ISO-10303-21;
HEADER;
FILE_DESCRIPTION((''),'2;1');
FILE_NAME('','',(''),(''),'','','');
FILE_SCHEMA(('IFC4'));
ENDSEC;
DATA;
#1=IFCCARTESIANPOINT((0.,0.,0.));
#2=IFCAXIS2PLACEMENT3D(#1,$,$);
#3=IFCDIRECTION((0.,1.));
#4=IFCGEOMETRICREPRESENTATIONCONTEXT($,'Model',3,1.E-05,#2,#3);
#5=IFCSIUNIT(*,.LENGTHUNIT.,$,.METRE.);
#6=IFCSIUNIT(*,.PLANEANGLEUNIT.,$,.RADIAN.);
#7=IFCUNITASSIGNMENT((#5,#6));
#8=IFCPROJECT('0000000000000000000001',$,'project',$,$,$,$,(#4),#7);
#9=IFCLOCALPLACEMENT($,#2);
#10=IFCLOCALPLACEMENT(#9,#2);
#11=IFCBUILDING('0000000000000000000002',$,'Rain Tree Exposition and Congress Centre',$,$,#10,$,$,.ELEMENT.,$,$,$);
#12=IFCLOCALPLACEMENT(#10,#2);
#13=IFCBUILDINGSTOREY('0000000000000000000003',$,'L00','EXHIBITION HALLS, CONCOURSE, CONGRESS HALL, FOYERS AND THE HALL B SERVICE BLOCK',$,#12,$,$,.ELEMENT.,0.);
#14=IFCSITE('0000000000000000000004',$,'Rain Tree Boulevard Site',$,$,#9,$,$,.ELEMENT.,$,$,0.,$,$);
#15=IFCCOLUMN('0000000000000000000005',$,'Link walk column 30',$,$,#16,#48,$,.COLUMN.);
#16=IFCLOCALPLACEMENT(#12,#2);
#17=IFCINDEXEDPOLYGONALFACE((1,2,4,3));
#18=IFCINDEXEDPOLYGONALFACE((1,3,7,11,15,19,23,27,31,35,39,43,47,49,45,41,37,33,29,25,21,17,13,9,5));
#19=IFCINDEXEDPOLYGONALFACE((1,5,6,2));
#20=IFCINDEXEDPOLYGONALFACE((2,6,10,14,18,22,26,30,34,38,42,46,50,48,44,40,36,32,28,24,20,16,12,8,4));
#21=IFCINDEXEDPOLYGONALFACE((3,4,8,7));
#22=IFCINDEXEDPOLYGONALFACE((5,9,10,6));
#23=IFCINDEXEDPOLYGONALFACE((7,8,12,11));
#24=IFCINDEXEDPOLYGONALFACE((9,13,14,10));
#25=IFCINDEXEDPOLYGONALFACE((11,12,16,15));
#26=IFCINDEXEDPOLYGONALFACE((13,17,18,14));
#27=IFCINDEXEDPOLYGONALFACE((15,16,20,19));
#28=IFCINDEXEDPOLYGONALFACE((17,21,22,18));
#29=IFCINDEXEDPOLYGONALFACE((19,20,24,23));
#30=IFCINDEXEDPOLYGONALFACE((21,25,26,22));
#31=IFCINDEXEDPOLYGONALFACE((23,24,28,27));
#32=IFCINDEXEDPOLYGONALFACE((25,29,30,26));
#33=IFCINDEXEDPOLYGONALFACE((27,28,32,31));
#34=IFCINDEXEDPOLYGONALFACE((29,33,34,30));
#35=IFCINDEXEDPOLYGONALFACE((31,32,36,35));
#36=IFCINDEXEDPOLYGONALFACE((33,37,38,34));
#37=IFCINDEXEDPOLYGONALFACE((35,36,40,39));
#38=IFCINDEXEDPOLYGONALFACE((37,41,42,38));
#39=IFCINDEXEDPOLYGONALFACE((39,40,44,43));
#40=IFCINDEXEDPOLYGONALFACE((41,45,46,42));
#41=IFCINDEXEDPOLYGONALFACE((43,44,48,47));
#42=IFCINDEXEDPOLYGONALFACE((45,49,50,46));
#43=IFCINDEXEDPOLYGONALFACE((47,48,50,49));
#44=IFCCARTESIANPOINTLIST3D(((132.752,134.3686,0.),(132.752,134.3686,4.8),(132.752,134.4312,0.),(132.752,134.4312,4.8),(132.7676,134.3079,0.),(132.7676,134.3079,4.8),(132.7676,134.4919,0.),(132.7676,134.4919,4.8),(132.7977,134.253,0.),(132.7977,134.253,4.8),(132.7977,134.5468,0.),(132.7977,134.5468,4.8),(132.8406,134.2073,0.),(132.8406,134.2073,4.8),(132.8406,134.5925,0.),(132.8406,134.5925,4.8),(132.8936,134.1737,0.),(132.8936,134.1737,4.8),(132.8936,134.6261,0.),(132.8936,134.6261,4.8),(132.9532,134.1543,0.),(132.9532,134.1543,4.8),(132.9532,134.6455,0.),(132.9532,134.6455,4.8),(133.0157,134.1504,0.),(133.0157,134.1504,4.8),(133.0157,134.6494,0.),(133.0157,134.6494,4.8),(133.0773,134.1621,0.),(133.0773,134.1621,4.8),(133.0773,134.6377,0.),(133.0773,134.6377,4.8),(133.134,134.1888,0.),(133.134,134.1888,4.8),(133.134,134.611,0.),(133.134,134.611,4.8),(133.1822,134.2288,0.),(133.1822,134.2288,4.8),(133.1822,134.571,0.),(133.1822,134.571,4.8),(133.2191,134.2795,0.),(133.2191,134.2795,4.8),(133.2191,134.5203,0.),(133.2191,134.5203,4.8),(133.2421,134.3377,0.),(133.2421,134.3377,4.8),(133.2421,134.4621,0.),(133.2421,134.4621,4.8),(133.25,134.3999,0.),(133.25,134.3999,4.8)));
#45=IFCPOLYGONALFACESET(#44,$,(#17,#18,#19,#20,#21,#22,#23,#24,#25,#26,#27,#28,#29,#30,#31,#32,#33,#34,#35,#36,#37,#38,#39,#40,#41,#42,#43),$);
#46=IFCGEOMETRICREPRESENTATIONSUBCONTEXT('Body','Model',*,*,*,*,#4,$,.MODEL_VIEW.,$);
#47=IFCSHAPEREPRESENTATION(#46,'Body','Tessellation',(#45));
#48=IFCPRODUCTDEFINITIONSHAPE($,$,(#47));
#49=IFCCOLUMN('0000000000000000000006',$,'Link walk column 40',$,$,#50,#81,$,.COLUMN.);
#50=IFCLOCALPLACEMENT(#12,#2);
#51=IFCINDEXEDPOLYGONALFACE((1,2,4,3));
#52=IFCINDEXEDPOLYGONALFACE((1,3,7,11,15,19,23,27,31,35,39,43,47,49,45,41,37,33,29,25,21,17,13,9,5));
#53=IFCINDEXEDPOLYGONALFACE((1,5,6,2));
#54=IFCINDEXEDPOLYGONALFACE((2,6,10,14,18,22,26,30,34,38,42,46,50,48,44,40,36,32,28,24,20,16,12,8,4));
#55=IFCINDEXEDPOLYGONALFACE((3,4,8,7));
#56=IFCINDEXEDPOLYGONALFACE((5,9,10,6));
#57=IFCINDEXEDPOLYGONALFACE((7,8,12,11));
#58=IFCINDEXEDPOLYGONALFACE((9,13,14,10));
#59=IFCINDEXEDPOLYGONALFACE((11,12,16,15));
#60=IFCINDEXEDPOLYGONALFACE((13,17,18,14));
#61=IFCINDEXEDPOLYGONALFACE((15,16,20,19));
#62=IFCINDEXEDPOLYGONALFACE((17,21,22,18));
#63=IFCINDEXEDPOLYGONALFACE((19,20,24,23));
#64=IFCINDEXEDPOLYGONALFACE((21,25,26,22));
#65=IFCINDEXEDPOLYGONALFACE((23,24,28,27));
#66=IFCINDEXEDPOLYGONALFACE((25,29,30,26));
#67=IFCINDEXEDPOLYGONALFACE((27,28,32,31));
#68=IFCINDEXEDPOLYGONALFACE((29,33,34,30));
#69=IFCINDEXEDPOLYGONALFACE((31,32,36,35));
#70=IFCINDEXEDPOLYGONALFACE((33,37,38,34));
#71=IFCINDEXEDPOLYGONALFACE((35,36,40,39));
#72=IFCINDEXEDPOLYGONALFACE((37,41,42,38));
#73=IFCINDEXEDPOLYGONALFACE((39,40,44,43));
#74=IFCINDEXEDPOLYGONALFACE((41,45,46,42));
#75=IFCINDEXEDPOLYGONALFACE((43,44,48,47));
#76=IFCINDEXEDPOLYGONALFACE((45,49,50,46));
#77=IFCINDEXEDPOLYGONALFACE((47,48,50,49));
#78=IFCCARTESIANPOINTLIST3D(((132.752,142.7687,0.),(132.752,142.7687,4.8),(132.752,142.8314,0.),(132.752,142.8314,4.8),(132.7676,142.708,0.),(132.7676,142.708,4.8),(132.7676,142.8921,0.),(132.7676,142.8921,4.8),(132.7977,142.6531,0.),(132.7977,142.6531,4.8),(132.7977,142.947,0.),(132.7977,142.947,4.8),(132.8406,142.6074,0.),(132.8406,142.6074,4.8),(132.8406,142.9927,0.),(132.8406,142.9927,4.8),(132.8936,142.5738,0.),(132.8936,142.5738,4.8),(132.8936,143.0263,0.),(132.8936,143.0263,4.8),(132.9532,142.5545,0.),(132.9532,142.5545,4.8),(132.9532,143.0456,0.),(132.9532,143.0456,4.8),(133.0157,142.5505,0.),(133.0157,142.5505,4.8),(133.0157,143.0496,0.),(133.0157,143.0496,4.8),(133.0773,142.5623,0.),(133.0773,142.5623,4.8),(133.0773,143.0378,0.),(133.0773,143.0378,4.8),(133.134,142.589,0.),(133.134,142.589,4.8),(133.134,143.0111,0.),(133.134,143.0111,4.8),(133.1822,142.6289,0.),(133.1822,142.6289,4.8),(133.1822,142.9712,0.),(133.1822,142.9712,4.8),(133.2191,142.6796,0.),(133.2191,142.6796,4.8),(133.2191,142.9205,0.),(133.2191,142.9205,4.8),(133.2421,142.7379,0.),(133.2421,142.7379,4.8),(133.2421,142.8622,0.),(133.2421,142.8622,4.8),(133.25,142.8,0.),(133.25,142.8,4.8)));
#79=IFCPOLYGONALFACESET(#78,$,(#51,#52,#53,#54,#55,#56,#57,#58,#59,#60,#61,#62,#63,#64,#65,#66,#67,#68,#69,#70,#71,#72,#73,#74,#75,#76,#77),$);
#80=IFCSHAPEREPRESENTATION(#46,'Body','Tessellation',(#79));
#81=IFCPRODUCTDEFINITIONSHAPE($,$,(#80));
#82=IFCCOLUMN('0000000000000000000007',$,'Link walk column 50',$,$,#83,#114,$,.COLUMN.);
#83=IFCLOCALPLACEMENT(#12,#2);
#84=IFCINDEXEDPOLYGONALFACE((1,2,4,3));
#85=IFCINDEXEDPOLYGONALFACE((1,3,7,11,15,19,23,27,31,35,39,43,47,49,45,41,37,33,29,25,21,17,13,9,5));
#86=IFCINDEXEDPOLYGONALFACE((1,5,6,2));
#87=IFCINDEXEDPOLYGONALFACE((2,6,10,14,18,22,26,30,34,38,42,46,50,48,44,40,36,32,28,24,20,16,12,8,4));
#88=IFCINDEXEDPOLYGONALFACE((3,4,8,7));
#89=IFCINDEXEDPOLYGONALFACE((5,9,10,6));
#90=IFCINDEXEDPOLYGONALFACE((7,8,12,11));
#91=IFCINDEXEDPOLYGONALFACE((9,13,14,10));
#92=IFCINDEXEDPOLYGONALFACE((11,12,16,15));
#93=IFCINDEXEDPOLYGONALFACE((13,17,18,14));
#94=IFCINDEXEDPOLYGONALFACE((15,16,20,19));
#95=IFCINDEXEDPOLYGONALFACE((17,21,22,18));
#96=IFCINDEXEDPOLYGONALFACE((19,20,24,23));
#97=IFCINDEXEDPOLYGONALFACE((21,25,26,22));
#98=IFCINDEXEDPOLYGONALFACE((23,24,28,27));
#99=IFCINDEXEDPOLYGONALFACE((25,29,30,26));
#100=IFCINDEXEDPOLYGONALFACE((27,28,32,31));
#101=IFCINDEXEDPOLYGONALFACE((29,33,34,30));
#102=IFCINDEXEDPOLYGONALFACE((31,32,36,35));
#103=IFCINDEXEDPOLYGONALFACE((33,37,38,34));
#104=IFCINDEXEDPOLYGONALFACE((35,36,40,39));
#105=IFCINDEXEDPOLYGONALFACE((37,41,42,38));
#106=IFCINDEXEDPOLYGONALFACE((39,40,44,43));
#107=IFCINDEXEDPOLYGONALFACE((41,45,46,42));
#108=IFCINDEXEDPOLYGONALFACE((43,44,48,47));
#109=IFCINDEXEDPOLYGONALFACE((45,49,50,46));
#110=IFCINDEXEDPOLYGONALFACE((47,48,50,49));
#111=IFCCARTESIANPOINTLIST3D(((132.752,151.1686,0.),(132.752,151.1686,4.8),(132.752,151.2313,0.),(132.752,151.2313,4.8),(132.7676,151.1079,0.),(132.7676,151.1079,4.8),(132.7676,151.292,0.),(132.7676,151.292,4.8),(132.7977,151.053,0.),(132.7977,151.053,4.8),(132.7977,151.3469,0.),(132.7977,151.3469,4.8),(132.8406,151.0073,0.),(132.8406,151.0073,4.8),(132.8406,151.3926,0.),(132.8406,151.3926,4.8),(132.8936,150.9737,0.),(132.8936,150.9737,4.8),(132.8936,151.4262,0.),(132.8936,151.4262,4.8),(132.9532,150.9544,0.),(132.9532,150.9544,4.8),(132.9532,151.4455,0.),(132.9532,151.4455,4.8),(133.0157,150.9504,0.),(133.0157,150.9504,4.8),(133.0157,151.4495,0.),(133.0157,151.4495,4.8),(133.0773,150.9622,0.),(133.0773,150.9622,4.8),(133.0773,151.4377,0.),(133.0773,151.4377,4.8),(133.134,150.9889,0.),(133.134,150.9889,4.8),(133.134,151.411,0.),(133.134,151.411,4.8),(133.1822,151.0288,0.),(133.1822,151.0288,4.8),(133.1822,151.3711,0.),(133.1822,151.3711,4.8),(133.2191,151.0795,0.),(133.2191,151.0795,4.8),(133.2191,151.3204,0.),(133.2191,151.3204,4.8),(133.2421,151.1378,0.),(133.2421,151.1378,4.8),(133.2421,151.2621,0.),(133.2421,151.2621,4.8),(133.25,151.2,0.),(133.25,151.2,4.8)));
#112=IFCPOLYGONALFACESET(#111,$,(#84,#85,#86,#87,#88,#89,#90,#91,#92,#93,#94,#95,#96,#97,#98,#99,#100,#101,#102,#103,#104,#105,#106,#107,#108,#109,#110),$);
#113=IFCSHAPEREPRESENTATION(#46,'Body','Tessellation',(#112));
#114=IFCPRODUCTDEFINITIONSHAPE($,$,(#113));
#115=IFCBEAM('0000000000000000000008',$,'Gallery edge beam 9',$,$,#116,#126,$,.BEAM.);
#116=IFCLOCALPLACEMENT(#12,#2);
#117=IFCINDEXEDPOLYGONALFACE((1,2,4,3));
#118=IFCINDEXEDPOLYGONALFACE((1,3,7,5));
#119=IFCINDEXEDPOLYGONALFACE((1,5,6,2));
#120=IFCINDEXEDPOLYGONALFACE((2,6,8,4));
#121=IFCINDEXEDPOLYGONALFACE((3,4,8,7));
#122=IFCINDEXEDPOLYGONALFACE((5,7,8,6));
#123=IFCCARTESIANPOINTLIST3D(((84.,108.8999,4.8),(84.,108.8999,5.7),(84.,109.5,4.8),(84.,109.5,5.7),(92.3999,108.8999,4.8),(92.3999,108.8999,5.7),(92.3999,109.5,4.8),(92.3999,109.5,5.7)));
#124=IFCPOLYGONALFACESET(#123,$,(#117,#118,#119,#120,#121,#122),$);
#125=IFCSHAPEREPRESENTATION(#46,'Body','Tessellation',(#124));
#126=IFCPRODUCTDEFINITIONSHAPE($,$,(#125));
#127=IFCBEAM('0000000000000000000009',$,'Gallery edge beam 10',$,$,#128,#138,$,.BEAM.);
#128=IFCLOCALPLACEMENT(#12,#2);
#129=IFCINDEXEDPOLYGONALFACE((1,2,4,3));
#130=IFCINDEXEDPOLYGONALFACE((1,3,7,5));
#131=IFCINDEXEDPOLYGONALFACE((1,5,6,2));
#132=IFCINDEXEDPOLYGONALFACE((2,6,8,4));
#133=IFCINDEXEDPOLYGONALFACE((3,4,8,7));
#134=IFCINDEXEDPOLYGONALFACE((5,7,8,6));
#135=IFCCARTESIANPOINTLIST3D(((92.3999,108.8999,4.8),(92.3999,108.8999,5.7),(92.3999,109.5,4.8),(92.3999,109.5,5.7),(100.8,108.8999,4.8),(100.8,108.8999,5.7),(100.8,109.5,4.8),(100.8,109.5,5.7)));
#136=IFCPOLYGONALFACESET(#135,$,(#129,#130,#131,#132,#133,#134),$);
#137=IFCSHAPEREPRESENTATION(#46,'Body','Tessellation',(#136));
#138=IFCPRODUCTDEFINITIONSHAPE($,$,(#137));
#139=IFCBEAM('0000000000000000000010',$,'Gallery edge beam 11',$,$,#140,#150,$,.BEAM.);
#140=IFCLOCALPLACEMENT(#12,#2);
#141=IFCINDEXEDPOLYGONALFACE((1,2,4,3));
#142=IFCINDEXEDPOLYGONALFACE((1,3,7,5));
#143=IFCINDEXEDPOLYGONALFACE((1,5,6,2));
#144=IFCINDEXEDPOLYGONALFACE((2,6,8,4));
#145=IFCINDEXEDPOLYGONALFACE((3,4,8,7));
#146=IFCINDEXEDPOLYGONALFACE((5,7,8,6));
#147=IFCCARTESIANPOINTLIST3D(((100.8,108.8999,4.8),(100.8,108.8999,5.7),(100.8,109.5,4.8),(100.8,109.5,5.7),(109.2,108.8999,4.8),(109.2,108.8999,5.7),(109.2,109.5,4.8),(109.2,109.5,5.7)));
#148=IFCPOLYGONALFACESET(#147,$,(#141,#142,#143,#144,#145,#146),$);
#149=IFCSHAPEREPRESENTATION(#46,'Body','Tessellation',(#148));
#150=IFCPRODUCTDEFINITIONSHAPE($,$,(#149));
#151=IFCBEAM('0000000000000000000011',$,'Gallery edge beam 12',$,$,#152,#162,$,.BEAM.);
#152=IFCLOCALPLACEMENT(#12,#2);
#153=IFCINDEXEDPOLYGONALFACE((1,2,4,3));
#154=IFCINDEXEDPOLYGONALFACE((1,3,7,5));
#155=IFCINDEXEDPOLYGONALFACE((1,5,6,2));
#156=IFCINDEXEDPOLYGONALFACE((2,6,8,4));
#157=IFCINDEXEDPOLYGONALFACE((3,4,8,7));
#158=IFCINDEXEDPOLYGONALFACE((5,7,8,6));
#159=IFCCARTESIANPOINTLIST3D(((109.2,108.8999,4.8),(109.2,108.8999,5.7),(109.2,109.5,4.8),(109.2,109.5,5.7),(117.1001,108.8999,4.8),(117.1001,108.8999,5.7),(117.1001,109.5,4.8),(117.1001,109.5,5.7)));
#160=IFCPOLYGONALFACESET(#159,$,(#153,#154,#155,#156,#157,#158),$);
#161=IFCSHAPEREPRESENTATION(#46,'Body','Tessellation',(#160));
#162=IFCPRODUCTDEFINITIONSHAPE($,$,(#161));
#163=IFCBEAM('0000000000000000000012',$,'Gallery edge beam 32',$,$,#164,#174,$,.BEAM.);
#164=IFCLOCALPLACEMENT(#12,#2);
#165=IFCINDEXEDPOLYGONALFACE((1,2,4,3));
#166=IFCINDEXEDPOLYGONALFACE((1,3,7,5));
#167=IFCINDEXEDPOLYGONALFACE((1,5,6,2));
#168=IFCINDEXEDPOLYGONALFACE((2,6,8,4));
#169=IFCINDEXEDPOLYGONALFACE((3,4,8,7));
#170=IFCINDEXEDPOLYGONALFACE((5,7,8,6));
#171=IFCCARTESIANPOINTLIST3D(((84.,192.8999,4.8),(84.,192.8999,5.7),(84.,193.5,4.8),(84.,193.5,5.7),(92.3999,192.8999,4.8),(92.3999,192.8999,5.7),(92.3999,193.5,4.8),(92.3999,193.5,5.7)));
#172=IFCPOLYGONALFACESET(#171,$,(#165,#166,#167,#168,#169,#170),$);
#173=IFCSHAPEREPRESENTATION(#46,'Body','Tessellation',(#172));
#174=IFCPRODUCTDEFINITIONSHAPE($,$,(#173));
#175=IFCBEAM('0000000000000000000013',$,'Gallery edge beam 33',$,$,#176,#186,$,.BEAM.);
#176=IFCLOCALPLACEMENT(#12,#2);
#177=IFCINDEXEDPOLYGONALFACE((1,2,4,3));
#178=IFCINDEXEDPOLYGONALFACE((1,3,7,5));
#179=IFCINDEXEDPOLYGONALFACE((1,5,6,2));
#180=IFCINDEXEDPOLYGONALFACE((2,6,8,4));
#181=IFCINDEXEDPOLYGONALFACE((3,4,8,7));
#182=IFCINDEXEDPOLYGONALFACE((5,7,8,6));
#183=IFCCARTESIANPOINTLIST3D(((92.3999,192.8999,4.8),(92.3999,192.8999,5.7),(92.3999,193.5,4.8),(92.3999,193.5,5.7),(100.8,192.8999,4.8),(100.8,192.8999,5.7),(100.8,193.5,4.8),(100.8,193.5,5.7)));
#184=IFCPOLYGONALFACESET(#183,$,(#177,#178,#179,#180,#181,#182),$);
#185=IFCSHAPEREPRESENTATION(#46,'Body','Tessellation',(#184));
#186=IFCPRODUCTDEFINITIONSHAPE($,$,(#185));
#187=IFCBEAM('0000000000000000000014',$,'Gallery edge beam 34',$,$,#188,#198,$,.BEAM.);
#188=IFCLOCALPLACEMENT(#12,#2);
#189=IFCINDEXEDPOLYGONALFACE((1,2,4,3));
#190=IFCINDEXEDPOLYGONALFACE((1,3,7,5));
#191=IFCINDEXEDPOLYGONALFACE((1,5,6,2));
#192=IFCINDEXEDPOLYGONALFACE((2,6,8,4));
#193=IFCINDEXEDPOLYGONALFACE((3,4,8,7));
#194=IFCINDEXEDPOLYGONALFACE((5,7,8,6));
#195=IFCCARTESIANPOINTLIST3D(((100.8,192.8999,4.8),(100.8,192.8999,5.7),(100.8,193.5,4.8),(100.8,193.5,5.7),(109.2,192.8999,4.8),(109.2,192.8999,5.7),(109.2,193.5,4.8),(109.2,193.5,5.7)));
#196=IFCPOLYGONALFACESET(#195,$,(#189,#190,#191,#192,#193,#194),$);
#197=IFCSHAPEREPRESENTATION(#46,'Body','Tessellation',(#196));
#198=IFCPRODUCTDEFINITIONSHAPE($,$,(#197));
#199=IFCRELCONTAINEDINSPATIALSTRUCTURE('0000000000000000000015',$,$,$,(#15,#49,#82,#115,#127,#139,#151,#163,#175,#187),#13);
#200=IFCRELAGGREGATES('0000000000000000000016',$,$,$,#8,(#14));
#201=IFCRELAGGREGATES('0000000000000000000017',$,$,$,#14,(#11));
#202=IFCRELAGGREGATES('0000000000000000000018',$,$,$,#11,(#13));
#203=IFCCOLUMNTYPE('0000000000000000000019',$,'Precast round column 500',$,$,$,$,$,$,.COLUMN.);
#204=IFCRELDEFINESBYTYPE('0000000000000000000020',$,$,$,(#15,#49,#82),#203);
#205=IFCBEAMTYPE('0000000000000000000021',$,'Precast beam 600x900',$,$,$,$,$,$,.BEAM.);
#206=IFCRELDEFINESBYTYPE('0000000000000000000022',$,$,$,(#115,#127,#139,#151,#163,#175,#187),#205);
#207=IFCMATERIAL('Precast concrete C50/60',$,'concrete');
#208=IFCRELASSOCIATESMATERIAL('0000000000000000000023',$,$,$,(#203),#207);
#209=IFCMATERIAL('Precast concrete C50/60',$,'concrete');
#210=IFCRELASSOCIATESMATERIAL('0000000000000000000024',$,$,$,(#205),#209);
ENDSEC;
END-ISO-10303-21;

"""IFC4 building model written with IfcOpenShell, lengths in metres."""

from ifc_helpers import new_model, si_unit, direction, frame, origin, origin_2d, place, context, subcontext, project, spatial, rectangle, circle, extrude, material, material_profile, profile_set, type_object, element, save


model = new_model("IFC4")

# Units and contexts
model_context = context("Model", 3, precision=1e-05, world=origin(), true_north=direction((0.0, 1.0)))
body_context = subcontext(model_context, "Body", "Model", "MODEL_VIEW")
ifc_project = project(units=[si_unit("LENGTHUNIT", "METRE"), si_unit("PLANEANGLEUNIT", "RADIAN")], contexts=[model_context])

# Site, building, storey
site_placement = place(None, origin())
site = spatial("IfcSite", under=ifc_project, at=site_placement, Name="Rain Tree Boulevard Site", CompositionType="ELEMENT", RefElevation=0.0)
building_placement = place(site_placement, origin())
building = spatial("IfcBuilding", under=site, at=building_placement, Name="Rain Tree Exposition and Congress Centre", CompositionType="ELEMENT")
storey_placement = place(building_placement, origin())
storey = spatial("IfcBuildingStorey", under=building, at=storey_placement, Name="L00", Description="EXHIBITION HALLS, CONCOURSE, CONGRESS HALL, FOYERS AND THE HALL B SERVICE BLOCK", CompositionType="ELEMENT", Elevation=0.0)

# Columns
ifc_material_1 = material(Name="Precast concrete C50/60", Category="concrete")
ifc_material_profile_1 = material_profile(ifc_material_1, circle(Radius=0.25, at=origin_2d()), Name="RC D500")
ifc_profile_set_1 = profile_set([ifc_material_profile_1], Name="Precast concrete C50/60")
column_type_1 = type_object("IfcColumnType", Name="Precast round column 500", PredefinedType="COLUMN", material=ifc_profile_set_1)
for number, where, z_axis, x_axis, name in (
    (1, (133.0, 134.3999, 0.0), (0.0, 0.0, 1.0), (1.0, 0.0, 0.0), "Link walk column 30"),
    (2, (133.0, 142.8, 0.0), (0.0, 0.0, 1.0), (1.0, 0.0, 0.0), "Link walk column 40"),
    (3, (133.0, 151.2, 0.0), (0.0, 0.0, 1.0), (1.0, 0.0, 0.0), "Link walk column 50"),
):
    element("IfcColumn", number, at=place(storey_placement, frame(where, z_axis=z_axis, x_axis=x_axis)), inside=storey, type_object=column_type_1, Name=name, PredefinedType="COLUMN", context=body_context, shape_type="SweptSolid", body=[
        extrude(circle(Radius=0.25, at=origin_2d()), origin(), (0.0, 0.0, 1.0), 4.8),
    ])

# Beams
ifc_material_2 = material(Name="Precast concrete C50/60", Category="concrete")
ifc_material_profile_2 = material_profile(ifc_material_2, rectangle(XDim=0.6001, YDim=0.8999, at=origin_2d()), Name="RC 600x900")
ifc_profile_set_2 = profile_set([ifc_material_profile_2], Name="Precast concrete C50/60")
beam_type = type_object("IfcBeamType", Name="Precast beam 600x900", PredefinedType="BEAM", material=ifc_profile_set_2)
beam_1_placement = place(storey_placement, frame((84.0, 109.2, 5.25), z_axis=(1.0, 0.0, 0.0), x_axis=(0.0, 1.0, 0.0)))
element("IfcBeam", 4, at=beam_1_placement, inside=storey, type_object=beam_type, Name="Gallery edge beam 9", PredefinedType="BEAM", context=body_context, shape_type="SweptSolid", body=[
    extrude(rectangle(XDim=0.6001, YDim=0.8999, at=origin_2d()), origin(), (0.0, 0.0, 1.0), 8.3999),
])
beam_2_placement = place(storey_placement, frame((92.3999, 109.2, 5.25), z_axis=(1.0, 0.0, 0.0), x_axis=(0.0, 1.0, 0.0)))
element("IfcBeam", 5, at=beam_2_placement, inside=storey, type_object=beam_type, Name="Gallery edge beam 10", PredefinedType="BEAM", context=body_context, shape_type="SweptSolid", body=[
    extrude(rectangle(XDim=0.6001, YDim=0.8999, at=origin_2d()), origin(), (0.0, 0.0, 1.0), 8.4001),
])
beam_3_placement = place(storey_placement, frame((100.8, 109.2, 5.25), z_axis=(1.0, 0.0, 0.0), x_axis=(0.0, 1.0, 0.0)))
element("IfcBeam", 6, at=beam_3_placement, inside=storey, type_object=beam_type, Name="Gallery edge beam 11", PredefinedType="BEAM", context=body_context, shape_type="SweptSolid", body=[
    extrude(rectangle(XDim=0.6001, YDim=0.8999, at=origin_2d()), origin(), (0.0, 0.0, 1.0), 8.3999),
])
beam_4_placement = place(storey_placement, frame((109.2, 109.2, 5.25), z_axis=(1.0, 0.0, 0.0), x_axis=(0.0, 1.0, 0.0)))
element("IfcBeam", 7, at=beam_4_placement, inside=storey, type_object=beam_type, Name="Gallery edge beam 12", PredefinedType="BEAM", context=body_context, shape_type="SweptSolid", body=[
    extrude(rectangle(XDim=0.6001, YDim=0.8999, at=origin_2d()), origin(), (0.0, 0.0, 1.0), 7.9001),
])
beam_5_placement = place(storey_placement, frame((84.0, 193.2, 5.25), z_axis=(1.0, 0.0, 0.0), x_axis=(0.0, 1.0, 0.0)))
element("IfcBeam", 8, at=beam_5_placement, inside=storey, type_object=beam_type, Name="Gallery edge beam 32", PredefinedType="BEAM", context=body_context, shape_type="SweptSolid", body=[
    extrude(rectangle(XDim=0.6001, YDim=0.8999, at=origin_2d()), origin(), (0.0, 0.0, 1.0), 8.3999),
])
beam_6_placement = place(storey_placement, frame((92.3999, 193.2, 5.25), z_axis=(1.0, 0.0, 0.0), x_axis=(0.0, 1.0, 0.0)))
element("IfcBeam", 9, at=beam_6_placement, inside=storey, type_object=beam_type, Name="Gallery edge beam 33", PredefinedType="BEAM", context=body_context, shape_type="SweptSolid", body=[
    extrude(rectangle(XDim=0.6001, YDim=0.8999, at=origin_2d()), origin(), (0.0, 0.0, 1.0), 8.4001),
])
beam_7_placement = place(storey_placement, frame((100.8, 193.2, 5.25), z_axis=(1.0, 0.0, 0.0), x_axis=(0.0, 1.0, 0.0)))
element("IfcBeam", 10, at=beam_7_placement, inside=storey, type_object=beam_type, Name="Gallery edge beam 34", PredefinedType="BEAM", context=body_context, shape_type="SweptSolid", body=[
    extrude(rectangle(XDim=0.6001, YDim=0.8999, at=origin_2d()), origin(), (0.0, 0.0, 1.0), 8.3999),
])

save(model, "model.ifc")
